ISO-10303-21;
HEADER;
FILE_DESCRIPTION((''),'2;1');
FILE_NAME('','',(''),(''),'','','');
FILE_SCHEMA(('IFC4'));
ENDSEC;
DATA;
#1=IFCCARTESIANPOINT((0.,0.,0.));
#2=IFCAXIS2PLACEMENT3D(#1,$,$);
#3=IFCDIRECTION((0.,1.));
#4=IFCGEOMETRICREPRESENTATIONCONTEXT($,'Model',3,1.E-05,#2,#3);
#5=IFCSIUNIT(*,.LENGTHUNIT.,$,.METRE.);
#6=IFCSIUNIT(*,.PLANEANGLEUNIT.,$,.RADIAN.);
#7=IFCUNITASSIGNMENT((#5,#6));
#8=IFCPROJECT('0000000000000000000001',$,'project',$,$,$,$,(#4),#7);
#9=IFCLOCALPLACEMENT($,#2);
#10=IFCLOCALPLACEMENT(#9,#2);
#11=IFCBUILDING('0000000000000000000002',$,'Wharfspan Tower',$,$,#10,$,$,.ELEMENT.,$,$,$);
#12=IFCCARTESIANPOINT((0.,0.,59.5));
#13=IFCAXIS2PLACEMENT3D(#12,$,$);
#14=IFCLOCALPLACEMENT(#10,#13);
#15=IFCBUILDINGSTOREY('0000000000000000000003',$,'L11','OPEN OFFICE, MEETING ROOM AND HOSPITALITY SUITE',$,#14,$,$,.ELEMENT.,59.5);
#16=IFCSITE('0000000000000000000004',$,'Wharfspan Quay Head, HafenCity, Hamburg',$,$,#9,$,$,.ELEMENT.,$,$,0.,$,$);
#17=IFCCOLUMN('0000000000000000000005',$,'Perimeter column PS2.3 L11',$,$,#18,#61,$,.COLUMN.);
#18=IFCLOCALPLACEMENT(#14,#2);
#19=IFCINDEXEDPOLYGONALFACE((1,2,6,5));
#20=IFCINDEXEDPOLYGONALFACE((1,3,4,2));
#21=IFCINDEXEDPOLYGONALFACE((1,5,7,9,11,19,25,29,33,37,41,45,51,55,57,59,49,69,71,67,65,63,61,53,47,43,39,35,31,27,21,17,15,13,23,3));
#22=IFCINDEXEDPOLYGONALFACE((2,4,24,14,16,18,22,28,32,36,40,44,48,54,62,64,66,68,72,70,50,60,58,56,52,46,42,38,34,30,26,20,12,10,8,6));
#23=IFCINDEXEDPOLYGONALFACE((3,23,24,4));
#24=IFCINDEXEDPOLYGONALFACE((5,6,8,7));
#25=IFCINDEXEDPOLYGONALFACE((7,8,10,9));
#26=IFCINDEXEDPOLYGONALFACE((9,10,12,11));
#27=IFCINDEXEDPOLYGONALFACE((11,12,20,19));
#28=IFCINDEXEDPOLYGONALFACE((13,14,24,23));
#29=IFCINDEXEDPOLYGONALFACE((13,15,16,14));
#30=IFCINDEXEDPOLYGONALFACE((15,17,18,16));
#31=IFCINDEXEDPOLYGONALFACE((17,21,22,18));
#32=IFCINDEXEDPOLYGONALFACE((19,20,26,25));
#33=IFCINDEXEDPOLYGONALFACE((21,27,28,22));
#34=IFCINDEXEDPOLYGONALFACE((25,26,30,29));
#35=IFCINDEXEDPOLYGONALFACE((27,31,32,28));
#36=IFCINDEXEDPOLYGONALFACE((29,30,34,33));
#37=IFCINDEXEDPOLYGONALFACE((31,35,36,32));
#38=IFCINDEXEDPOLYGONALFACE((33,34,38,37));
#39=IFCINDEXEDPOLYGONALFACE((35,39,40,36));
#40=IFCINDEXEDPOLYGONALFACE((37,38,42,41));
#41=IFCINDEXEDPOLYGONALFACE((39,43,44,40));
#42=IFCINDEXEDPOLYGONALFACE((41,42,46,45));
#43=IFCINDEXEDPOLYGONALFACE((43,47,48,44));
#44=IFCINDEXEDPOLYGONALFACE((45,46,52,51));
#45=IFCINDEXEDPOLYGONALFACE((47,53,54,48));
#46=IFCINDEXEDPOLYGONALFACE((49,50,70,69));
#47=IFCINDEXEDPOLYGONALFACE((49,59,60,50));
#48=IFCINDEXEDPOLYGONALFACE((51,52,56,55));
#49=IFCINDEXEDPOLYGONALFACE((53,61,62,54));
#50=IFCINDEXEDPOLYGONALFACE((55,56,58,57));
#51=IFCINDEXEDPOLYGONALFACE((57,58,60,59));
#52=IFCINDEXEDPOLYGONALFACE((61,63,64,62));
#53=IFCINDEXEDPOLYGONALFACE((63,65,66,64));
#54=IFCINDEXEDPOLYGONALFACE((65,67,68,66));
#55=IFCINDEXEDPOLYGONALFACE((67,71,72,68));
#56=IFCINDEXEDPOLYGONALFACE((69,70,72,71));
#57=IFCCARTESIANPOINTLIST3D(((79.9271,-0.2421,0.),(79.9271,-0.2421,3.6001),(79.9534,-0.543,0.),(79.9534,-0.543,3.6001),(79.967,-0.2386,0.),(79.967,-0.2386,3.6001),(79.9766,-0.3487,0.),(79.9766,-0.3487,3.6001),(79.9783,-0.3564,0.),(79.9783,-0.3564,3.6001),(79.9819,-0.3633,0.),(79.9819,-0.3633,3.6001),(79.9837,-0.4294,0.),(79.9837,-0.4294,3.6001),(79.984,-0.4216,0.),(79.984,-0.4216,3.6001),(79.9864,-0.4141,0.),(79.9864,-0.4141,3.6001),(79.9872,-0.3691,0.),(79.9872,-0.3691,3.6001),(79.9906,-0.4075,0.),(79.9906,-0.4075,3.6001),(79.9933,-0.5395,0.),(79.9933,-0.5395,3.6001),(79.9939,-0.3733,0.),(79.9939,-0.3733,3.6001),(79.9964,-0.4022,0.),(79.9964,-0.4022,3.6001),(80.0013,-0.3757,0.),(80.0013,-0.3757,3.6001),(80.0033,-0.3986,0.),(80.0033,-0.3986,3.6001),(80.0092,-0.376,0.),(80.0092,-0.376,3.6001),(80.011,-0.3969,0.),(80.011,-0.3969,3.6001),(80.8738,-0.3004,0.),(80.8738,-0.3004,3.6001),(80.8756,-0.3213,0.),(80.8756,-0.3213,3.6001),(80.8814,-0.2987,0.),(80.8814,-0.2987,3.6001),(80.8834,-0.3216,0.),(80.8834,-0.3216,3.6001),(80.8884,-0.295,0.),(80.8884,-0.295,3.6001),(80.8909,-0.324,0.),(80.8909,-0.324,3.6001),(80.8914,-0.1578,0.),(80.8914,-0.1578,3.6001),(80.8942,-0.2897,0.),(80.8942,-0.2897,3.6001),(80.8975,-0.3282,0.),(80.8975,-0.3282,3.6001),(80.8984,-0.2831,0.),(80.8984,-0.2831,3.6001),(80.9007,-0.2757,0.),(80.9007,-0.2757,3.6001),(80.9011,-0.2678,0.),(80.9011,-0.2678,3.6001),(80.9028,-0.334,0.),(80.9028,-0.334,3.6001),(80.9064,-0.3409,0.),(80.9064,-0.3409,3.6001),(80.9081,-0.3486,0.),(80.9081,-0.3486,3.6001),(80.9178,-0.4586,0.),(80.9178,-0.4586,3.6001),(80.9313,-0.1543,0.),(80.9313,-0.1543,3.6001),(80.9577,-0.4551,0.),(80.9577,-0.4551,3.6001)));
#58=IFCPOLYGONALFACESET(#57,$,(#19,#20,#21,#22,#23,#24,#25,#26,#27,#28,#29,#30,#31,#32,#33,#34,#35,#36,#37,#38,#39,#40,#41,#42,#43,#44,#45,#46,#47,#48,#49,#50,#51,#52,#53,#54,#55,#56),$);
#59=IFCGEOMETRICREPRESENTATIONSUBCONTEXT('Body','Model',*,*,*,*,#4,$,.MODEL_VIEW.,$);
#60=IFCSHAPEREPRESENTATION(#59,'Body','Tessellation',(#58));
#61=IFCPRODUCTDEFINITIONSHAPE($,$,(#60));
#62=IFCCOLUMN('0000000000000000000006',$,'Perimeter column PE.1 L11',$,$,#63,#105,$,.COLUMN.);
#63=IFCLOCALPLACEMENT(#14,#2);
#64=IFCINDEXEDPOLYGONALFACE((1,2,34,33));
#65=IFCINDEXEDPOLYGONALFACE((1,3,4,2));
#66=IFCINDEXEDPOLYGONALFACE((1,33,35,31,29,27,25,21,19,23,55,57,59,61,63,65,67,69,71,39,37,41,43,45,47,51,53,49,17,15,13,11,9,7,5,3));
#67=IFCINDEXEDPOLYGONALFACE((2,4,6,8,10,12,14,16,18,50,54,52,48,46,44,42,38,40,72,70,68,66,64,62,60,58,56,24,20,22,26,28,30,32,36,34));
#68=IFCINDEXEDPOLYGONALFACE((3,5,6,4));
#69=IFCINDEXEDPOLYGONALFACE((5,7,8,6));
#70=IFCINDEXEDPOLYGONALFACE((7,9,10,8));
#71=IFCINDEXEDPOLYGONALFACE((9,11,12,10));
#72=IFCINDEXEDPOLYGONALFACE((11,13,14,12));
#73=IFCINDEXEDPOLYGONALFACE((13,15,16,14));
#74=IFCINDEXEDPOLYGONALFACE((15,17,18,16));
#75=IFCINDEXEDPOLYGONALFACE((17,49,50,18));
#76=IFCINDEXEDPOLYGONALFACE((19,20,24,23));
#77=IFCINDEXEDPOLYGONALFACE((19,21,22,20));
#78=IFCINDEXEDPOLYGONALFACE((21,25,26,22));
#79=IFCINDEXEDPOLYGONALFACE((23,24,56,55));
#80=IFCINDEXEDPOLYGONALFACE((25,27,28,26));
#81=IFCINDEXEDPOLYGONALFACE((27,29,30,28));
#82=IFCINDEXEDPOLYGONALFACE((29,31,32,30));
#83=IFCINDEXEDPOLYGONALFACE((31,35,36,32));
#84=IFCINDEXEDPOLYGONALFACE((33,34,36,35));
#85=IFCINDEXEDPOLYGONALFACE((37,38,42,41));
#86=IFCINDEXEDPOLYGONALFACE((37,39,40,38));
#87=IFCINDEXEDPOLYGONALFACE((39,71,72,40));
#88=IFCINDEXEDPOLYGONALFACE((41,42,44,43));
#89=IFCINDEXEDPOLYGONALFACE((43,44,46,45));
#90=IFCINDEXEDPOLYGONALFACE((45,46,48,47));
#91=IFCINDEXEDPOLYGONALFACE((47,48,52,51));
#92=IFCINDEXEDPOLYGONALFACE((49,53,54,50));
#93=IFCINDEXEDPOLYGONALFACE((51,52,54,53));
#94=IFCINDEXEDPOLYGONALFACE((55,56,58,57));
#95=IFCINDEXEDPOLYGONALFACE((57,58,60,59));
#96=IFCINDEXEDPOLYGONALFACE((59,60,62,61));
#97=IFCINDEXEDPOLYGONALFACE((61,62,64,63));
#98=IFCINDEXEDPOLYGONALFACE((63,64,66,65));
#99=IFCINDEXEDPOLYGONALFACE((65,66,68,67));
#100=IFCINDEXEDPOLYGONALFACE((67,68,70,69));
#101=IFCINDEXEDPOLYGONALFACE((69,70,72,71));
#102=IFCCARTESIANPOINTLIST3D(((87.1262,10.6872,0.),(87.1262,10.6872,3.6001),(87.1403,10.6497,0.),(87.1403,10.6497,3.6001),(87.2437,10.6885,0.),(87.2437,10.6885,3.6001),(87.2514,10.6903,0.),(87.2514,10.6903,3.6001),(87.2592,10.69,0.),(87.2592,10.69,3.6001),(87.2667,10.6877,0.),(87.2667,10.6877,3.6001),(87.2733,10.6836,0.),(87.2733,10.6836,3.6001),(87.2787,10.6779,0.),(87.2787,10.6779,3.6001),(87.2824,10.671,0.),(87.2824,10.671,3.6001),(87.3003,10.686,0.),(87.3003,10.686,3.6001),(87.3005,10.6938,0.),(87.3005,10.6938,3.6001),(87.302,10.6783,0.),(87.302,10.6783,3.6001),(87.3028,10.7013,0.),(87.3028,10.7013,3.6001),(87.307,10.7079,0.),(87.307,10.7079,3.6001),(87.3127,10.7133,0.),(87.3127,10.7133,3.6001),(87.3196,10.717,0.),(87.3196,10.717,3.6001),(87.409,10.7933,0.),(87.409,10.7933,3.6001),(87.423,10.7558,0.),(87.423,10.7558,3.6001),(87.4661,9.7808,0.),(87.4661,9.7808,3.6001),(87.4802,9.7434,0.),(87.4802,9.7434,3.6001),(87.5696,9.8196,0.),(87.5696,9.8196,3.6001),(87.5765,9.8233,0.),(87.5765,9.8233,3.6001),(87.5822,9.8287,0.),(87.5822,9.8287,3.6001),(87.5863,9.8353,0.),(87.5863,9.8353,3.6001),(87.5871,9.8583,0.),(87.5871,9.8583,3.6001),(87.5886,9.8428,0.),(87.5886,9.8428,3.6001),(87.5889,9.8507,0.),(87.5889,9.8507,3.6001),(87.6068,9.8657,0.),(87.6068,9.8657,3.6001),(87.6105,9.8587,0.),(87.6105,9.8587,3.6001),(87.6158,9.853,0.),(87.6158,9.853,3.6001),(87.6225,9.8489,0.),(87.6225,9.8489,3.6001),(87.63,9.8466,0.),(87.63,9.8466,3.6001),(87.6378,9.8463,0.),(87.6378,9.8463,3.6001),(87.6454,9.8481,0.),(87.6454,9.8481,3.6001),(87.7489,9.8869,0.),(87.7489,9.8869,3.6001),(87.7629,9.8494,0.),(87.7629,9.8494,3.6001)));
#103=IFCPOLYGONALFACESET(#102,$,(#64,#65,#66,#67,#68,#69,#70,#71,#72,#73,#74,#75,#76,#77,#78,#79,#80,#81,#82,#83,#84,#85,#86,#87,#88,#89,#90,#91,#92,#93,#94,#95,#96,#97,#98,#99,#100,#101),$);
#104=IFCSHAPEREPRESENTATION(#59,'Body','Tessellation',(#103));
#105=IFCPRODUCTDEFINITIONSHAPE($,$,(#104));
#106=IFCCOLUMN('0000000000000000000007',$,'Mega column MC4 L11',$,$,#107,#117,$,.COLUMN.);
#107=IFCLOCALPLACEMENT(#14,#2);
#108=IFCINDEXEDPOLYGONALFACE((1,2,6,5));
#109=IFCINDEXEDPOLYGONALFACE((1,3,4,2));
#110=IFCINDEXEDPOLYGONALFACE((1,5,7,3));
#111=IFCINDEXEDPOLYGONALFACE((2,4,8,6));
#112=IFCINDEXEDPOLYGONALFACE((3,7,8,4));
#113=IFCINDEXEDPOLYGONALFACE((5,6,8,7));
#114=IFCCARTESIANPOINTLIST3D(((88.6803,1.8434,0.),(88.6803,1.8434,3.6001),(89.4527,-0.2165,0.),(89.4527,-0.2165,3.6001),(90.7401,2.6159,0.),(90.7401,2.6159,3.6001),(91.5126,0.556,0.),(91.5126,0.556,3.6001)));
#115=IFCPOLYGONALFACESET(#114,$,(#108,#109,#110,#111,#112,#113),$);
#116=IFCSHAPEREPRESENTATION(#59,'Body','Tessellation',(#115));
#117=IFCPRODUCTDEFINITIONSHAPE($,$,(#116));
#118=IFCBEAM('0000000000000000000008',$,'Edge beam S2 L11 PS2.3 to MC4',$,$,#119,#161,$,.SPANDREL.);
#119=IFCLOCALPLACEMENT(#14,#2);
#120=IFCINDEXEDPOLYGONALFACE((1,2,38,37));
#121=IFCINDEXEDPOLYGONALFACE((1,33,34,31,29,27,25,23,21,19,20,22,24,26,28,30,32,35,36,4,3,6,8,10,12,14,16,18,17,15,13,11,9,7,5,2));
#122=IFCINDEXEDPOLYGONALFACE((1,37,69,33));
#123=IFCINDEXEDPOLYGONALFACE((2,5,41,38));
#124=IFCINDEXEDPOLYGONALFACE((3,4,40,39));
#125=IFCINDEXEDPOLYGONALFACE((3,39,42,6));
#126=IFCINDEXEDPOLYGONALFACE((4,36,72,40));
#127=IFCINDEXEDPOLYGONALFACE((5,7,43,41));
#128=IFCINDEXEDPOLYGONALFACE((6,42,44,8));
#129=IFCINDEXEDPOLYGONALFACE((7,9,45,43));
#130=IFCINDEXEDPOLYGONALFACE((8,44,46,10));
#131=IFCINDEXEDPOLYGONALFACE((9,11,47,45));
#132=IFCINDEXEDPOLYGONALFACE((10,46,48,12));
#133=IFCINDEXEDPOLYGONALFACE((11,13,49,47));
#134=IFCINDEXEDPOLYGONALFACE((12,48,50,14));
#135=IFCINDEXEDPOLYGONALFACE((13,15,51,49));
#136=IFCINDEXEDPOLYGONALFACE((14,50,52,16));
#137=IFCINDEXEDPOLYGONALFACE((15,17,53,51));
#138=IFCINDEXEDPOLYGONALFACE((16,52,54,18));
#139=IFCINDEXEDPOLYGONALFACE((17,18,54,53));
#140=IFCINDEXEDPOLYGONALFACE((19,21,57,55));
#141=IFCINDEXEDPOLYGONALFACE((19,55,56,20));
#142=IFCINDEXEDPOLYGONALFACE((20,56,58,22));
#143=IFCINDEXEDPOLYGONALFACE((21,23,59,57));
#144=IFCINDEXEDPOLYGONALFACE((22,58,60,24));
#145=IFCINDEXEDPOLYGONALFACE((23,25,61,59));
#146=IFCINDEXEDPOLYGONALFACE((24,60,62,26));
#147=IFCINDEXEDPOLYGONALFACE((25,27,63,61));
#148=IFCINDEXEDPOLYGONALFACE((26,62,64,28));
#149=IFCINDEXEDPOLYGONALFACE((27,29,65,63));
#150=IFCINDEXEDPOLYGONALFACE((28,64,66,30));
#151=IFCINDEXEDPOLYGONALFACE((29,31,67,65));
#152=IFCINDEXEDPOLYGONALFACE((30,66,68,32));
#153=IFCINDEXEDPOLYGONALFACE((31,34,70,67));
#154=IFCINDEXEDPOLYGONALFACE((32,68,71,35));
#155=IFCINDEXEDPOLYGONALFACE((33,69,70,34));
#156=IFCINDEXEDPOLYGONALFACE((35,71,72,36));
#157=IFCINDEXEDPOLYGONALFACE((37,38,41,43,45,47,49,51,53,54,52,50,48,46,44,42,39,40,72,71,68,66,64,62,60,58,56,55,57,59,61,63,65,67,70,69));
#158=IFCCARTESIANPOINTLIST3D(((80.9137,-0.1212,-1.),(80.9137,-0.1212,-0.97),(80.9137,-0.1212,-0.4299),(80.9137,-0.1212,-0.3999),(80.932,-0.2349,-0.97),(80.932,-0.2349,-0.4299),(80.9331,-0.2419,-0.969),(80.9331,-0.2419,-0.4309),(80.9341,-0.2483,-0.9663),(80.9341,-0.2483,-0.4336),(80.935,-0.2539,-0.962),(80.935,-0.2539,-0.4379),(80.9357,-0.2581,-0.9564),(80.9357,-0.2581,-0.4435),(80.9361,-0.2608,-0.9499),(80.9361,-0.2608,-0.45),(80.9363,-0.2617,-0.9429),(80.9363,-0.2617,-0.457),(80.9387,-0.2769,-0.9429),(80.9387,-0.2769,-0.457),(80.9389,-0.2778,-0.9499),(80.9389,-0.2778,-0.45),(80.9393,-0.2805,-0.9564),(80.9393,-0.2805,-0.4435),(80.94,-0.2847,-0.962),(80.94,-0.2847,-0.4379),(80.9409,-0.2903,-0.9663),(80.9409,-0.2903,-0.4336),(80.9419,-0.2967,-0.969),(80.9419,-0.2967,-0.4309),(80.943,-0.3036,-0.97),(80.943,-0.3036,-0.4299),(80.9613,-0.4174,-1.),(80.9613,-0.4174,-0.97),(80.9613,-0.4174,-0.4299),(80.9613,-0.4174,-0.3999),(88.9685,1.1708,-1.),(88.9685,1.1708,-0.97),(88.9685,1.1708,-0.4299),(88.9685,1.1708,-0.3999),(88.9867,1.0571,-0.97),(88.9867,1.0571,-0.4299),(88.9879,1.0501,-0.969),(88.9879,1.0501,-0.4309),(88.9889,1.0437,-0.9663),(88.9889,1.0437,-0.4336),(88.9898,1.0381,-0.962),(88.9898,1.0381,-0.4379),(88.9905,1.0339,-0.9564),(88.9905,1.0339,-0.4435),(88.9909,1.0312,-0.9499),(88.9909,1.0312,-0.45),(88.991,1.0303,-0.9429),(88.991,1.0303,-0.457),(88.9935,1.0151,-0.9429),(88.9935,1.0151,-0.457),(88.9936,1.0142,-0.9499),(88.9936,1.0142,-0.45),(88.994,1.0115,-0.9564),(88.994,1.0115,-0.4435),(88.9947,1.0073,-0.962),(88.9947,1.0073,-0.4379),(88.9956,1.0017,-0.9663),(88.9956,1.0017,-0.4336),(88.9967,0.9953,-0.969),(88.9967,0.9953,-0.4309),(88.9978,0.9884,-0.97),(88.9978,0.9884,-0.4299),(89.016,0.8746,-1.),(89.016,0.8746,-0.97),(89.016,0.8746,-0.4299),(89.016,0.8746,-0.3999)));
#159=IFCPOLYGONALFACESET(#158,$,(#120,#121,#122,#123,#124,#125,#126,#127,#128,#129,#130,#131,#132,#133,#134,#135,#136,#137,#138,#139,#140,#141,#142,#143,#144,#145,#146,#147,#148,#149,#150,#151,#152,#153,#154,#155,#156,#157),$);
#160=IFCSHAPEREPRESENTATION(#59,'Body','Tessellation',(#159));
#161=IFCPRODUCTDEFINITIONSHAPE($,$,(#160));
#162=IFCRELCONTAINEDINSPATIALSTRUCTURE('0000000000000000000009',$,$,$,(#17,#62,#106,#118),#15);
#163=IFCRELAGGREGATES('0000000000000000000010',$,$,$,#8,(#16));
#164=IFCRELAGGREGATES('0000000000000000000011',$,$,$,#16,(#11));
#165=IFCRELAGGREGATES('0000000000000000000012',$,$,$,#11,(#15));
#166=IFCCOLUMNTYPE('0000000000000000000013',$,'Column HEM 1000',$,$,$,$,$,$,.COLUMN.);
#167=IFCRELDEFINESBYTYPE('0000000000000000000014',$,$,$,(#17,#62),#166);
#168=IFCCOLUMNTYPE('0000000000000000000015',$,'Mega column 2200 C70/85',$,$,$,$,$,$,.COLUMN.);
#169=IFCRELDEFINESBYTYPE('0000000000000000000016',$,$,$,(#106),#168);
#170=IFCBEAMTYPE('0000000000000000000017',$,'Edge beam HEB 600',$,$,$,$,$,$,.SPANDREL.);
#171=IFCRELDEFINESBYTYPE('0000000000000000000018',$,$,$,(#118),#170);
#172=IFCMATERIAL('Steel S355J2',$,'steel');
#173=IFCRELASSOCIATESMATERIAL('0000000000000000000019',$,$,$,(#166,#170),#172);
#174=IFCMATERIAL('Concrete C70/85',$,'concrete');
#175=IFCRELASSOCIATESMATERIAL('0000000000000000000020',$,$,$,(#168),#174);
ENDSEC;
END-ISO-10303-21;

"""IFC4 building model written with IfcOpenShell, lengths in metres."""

from ifc_helpers import new_model, si_unit, direction, frame, origin, origin_2d, place, context, subcontext, project, spatial, rectangle, i_section, extrude, material, material_profile, profile_set, type_object, element, save


model = new_model("IFC4")

# Units and contexts
model_context = context("Model", 3, precision=1e-05, world=origin(), true_north=direction((0.0, 1.0)))
body_context = subcontext(model_context, "Body", "Model", "MODEL_VIEW")
ifc_project = project(units=[si_unit("LENGTHUNIT", "METRE"), si_unit("PLANEANGLEUNIT", "RADIAN")], contexts=[model_context])

# Site, building, storey
site_placement = place(None, origin())
site = spatial("IfcSite", under=ifc_project, at=site_placement, Name="Wharfspan Quay Head, HafenCity, Hamburg", CompositionType="ELEMENT", RefElevation=0.0)
building_placement = place(site_placement, origin())
building = spatial("IfcBuilding", under=site, at=building_placement, Name="Wharfspan Tower", CompositionType="ELEMENT")
storey_placement = place(building_placement, frame((0.0, 0.0, 59.5)))
storey = spatial("IfcBuildingStorey", under=building, at=storey_placement, Name="L11", Description="OPEN OFFICE, MEETING ROOM AND HOSPITALITY SUITE", CompositionType="ELEMENT", Elevation=59.5)

# Columns
ifc_material_1 = material(Name="Steel S355J2", Category="steel")
ifc_material_profile_1 = material_profile(ifc_material_1, i_section(OverallWidth=0.302, OverallDepth=1.0081, WebThickness=0.021, FlangeThickness=0.04, FilletRadius=0.03, at=origin_2d()))
ifc_profile_set_1 = profile_set([ifc_material_profile_1], Name="Steel S355J2")
column_type_1 = type_object("IfcColumnType", Name="Column HEM 1000", PredefinedType="COLUMN", material=ifc_profile_set_1)
for number, where, z_axis, x_axis, name in (
    (1, (80.4424, -0.3486, 0.0), (0.0, 0.0, 1.0), (0.087156, -0.996198, 0.0), "Perimeter column PS2.3 L11"),
    (2, (87.4446, 10.2683, 0.0), (0.0, 0.0, 1.0), (0.936328, 0.351123, 0.0), "Perimeter column PE.1 L11"),
):
    element("IfcColumn", number, at=place(storey_placement, frame(where, z_axis=z_axis, x_axis=x_axis)), inside=storey, type_object=column_type_1, Name=name, PredefinedType="COLUMN", context=body_context, shape_type="SweptSolid", body=[
        extrude(i_section(OverallWidth=0.302, OverallDepth=1.0081, WebThickness=0.021, FlangeThickness=0.04, FilletRadius=0.03, at=origin_2d()), origin(), (0.0, 0.0, 1.0), 3.6001),
    ])
ifc_material_2 = material(Name="Concrete C70/85", Category="concrete")
ifc_material_profile_2 = material_profile(ifc_material_2, rectangle(XDim=2.2, YDim=2.2, at=origin_2d()))
ifc_profile_set_2 = profile_set([ifc_material_profile_2], Name="Concrete C70/85")
column_type_2 = type_object("IfcColumnType", Name="Mega column 2200 C70/85", PredefinedType="COLUMN", material=ifc_profile_set_2)
column_placement = place(storey_placement, frame((90.0964, 1.1997, 0.0), z_axis=(0.0, 0.0, 1.0), x_axis=(-0.351123, 0.936328, 0.0)))
element("IfcColumn", 3, at=column_placement, inside=storey, type_object=column_type_2, Name="Mega column MC4 L11", PredefinedType="COLUMN", context=body_context, shape_type="SweptSolid", body=[
    extrude(rectangle(XDim=2.2, YDim=2.2, at=origin_2d()), origin(), (0.0, 0.0, 1.0), 3.6001),
])

# Beam
ifc_material_profile_3 = material_profile(ifc_material_1, i_section(OverallWidth=0.3, OverallDepth=0.6001, WebThickness=0.0154, FlangeThickness=0.03, FilletRadius=0.0271, at=origin_2d()))
ifc_profile_set_3 = profile_set([ifc_material_profile_3], Name="Steel S355J2")
beam_type = type_object("IfcBeamType", Name="Edge beam HEB 600", PredefinedType="SPANDREL", material=ifc_profile_set_3)
beam_1_placement = place(storey_placement, frame((80.9375, -0.2693, -0.7), z_axis=(0.987379, 0.158378, 0.0), x_axis=(-0.158378, 0.987379, 0.0)))
element("IfcBeam", 4, at=beam_1_placement, inside=storey, type_object=beam_type, Name="Edge beam S2 L11 PS2.3 to MC4", PredefinedType="SPANDREL", context=body_context, shape_type="SweptSolid", body=[
    extrude(i_section(OverallWidth=0.3, OverallDepth=0.6001, WebThickness=0.0154, FlangeThickness=0.03, FilletRadius=0.0271, at=origin_2d()), origin(), (0.0, 0.0, 1.0), 8.1577),
])

save(model, "model.ifc")
